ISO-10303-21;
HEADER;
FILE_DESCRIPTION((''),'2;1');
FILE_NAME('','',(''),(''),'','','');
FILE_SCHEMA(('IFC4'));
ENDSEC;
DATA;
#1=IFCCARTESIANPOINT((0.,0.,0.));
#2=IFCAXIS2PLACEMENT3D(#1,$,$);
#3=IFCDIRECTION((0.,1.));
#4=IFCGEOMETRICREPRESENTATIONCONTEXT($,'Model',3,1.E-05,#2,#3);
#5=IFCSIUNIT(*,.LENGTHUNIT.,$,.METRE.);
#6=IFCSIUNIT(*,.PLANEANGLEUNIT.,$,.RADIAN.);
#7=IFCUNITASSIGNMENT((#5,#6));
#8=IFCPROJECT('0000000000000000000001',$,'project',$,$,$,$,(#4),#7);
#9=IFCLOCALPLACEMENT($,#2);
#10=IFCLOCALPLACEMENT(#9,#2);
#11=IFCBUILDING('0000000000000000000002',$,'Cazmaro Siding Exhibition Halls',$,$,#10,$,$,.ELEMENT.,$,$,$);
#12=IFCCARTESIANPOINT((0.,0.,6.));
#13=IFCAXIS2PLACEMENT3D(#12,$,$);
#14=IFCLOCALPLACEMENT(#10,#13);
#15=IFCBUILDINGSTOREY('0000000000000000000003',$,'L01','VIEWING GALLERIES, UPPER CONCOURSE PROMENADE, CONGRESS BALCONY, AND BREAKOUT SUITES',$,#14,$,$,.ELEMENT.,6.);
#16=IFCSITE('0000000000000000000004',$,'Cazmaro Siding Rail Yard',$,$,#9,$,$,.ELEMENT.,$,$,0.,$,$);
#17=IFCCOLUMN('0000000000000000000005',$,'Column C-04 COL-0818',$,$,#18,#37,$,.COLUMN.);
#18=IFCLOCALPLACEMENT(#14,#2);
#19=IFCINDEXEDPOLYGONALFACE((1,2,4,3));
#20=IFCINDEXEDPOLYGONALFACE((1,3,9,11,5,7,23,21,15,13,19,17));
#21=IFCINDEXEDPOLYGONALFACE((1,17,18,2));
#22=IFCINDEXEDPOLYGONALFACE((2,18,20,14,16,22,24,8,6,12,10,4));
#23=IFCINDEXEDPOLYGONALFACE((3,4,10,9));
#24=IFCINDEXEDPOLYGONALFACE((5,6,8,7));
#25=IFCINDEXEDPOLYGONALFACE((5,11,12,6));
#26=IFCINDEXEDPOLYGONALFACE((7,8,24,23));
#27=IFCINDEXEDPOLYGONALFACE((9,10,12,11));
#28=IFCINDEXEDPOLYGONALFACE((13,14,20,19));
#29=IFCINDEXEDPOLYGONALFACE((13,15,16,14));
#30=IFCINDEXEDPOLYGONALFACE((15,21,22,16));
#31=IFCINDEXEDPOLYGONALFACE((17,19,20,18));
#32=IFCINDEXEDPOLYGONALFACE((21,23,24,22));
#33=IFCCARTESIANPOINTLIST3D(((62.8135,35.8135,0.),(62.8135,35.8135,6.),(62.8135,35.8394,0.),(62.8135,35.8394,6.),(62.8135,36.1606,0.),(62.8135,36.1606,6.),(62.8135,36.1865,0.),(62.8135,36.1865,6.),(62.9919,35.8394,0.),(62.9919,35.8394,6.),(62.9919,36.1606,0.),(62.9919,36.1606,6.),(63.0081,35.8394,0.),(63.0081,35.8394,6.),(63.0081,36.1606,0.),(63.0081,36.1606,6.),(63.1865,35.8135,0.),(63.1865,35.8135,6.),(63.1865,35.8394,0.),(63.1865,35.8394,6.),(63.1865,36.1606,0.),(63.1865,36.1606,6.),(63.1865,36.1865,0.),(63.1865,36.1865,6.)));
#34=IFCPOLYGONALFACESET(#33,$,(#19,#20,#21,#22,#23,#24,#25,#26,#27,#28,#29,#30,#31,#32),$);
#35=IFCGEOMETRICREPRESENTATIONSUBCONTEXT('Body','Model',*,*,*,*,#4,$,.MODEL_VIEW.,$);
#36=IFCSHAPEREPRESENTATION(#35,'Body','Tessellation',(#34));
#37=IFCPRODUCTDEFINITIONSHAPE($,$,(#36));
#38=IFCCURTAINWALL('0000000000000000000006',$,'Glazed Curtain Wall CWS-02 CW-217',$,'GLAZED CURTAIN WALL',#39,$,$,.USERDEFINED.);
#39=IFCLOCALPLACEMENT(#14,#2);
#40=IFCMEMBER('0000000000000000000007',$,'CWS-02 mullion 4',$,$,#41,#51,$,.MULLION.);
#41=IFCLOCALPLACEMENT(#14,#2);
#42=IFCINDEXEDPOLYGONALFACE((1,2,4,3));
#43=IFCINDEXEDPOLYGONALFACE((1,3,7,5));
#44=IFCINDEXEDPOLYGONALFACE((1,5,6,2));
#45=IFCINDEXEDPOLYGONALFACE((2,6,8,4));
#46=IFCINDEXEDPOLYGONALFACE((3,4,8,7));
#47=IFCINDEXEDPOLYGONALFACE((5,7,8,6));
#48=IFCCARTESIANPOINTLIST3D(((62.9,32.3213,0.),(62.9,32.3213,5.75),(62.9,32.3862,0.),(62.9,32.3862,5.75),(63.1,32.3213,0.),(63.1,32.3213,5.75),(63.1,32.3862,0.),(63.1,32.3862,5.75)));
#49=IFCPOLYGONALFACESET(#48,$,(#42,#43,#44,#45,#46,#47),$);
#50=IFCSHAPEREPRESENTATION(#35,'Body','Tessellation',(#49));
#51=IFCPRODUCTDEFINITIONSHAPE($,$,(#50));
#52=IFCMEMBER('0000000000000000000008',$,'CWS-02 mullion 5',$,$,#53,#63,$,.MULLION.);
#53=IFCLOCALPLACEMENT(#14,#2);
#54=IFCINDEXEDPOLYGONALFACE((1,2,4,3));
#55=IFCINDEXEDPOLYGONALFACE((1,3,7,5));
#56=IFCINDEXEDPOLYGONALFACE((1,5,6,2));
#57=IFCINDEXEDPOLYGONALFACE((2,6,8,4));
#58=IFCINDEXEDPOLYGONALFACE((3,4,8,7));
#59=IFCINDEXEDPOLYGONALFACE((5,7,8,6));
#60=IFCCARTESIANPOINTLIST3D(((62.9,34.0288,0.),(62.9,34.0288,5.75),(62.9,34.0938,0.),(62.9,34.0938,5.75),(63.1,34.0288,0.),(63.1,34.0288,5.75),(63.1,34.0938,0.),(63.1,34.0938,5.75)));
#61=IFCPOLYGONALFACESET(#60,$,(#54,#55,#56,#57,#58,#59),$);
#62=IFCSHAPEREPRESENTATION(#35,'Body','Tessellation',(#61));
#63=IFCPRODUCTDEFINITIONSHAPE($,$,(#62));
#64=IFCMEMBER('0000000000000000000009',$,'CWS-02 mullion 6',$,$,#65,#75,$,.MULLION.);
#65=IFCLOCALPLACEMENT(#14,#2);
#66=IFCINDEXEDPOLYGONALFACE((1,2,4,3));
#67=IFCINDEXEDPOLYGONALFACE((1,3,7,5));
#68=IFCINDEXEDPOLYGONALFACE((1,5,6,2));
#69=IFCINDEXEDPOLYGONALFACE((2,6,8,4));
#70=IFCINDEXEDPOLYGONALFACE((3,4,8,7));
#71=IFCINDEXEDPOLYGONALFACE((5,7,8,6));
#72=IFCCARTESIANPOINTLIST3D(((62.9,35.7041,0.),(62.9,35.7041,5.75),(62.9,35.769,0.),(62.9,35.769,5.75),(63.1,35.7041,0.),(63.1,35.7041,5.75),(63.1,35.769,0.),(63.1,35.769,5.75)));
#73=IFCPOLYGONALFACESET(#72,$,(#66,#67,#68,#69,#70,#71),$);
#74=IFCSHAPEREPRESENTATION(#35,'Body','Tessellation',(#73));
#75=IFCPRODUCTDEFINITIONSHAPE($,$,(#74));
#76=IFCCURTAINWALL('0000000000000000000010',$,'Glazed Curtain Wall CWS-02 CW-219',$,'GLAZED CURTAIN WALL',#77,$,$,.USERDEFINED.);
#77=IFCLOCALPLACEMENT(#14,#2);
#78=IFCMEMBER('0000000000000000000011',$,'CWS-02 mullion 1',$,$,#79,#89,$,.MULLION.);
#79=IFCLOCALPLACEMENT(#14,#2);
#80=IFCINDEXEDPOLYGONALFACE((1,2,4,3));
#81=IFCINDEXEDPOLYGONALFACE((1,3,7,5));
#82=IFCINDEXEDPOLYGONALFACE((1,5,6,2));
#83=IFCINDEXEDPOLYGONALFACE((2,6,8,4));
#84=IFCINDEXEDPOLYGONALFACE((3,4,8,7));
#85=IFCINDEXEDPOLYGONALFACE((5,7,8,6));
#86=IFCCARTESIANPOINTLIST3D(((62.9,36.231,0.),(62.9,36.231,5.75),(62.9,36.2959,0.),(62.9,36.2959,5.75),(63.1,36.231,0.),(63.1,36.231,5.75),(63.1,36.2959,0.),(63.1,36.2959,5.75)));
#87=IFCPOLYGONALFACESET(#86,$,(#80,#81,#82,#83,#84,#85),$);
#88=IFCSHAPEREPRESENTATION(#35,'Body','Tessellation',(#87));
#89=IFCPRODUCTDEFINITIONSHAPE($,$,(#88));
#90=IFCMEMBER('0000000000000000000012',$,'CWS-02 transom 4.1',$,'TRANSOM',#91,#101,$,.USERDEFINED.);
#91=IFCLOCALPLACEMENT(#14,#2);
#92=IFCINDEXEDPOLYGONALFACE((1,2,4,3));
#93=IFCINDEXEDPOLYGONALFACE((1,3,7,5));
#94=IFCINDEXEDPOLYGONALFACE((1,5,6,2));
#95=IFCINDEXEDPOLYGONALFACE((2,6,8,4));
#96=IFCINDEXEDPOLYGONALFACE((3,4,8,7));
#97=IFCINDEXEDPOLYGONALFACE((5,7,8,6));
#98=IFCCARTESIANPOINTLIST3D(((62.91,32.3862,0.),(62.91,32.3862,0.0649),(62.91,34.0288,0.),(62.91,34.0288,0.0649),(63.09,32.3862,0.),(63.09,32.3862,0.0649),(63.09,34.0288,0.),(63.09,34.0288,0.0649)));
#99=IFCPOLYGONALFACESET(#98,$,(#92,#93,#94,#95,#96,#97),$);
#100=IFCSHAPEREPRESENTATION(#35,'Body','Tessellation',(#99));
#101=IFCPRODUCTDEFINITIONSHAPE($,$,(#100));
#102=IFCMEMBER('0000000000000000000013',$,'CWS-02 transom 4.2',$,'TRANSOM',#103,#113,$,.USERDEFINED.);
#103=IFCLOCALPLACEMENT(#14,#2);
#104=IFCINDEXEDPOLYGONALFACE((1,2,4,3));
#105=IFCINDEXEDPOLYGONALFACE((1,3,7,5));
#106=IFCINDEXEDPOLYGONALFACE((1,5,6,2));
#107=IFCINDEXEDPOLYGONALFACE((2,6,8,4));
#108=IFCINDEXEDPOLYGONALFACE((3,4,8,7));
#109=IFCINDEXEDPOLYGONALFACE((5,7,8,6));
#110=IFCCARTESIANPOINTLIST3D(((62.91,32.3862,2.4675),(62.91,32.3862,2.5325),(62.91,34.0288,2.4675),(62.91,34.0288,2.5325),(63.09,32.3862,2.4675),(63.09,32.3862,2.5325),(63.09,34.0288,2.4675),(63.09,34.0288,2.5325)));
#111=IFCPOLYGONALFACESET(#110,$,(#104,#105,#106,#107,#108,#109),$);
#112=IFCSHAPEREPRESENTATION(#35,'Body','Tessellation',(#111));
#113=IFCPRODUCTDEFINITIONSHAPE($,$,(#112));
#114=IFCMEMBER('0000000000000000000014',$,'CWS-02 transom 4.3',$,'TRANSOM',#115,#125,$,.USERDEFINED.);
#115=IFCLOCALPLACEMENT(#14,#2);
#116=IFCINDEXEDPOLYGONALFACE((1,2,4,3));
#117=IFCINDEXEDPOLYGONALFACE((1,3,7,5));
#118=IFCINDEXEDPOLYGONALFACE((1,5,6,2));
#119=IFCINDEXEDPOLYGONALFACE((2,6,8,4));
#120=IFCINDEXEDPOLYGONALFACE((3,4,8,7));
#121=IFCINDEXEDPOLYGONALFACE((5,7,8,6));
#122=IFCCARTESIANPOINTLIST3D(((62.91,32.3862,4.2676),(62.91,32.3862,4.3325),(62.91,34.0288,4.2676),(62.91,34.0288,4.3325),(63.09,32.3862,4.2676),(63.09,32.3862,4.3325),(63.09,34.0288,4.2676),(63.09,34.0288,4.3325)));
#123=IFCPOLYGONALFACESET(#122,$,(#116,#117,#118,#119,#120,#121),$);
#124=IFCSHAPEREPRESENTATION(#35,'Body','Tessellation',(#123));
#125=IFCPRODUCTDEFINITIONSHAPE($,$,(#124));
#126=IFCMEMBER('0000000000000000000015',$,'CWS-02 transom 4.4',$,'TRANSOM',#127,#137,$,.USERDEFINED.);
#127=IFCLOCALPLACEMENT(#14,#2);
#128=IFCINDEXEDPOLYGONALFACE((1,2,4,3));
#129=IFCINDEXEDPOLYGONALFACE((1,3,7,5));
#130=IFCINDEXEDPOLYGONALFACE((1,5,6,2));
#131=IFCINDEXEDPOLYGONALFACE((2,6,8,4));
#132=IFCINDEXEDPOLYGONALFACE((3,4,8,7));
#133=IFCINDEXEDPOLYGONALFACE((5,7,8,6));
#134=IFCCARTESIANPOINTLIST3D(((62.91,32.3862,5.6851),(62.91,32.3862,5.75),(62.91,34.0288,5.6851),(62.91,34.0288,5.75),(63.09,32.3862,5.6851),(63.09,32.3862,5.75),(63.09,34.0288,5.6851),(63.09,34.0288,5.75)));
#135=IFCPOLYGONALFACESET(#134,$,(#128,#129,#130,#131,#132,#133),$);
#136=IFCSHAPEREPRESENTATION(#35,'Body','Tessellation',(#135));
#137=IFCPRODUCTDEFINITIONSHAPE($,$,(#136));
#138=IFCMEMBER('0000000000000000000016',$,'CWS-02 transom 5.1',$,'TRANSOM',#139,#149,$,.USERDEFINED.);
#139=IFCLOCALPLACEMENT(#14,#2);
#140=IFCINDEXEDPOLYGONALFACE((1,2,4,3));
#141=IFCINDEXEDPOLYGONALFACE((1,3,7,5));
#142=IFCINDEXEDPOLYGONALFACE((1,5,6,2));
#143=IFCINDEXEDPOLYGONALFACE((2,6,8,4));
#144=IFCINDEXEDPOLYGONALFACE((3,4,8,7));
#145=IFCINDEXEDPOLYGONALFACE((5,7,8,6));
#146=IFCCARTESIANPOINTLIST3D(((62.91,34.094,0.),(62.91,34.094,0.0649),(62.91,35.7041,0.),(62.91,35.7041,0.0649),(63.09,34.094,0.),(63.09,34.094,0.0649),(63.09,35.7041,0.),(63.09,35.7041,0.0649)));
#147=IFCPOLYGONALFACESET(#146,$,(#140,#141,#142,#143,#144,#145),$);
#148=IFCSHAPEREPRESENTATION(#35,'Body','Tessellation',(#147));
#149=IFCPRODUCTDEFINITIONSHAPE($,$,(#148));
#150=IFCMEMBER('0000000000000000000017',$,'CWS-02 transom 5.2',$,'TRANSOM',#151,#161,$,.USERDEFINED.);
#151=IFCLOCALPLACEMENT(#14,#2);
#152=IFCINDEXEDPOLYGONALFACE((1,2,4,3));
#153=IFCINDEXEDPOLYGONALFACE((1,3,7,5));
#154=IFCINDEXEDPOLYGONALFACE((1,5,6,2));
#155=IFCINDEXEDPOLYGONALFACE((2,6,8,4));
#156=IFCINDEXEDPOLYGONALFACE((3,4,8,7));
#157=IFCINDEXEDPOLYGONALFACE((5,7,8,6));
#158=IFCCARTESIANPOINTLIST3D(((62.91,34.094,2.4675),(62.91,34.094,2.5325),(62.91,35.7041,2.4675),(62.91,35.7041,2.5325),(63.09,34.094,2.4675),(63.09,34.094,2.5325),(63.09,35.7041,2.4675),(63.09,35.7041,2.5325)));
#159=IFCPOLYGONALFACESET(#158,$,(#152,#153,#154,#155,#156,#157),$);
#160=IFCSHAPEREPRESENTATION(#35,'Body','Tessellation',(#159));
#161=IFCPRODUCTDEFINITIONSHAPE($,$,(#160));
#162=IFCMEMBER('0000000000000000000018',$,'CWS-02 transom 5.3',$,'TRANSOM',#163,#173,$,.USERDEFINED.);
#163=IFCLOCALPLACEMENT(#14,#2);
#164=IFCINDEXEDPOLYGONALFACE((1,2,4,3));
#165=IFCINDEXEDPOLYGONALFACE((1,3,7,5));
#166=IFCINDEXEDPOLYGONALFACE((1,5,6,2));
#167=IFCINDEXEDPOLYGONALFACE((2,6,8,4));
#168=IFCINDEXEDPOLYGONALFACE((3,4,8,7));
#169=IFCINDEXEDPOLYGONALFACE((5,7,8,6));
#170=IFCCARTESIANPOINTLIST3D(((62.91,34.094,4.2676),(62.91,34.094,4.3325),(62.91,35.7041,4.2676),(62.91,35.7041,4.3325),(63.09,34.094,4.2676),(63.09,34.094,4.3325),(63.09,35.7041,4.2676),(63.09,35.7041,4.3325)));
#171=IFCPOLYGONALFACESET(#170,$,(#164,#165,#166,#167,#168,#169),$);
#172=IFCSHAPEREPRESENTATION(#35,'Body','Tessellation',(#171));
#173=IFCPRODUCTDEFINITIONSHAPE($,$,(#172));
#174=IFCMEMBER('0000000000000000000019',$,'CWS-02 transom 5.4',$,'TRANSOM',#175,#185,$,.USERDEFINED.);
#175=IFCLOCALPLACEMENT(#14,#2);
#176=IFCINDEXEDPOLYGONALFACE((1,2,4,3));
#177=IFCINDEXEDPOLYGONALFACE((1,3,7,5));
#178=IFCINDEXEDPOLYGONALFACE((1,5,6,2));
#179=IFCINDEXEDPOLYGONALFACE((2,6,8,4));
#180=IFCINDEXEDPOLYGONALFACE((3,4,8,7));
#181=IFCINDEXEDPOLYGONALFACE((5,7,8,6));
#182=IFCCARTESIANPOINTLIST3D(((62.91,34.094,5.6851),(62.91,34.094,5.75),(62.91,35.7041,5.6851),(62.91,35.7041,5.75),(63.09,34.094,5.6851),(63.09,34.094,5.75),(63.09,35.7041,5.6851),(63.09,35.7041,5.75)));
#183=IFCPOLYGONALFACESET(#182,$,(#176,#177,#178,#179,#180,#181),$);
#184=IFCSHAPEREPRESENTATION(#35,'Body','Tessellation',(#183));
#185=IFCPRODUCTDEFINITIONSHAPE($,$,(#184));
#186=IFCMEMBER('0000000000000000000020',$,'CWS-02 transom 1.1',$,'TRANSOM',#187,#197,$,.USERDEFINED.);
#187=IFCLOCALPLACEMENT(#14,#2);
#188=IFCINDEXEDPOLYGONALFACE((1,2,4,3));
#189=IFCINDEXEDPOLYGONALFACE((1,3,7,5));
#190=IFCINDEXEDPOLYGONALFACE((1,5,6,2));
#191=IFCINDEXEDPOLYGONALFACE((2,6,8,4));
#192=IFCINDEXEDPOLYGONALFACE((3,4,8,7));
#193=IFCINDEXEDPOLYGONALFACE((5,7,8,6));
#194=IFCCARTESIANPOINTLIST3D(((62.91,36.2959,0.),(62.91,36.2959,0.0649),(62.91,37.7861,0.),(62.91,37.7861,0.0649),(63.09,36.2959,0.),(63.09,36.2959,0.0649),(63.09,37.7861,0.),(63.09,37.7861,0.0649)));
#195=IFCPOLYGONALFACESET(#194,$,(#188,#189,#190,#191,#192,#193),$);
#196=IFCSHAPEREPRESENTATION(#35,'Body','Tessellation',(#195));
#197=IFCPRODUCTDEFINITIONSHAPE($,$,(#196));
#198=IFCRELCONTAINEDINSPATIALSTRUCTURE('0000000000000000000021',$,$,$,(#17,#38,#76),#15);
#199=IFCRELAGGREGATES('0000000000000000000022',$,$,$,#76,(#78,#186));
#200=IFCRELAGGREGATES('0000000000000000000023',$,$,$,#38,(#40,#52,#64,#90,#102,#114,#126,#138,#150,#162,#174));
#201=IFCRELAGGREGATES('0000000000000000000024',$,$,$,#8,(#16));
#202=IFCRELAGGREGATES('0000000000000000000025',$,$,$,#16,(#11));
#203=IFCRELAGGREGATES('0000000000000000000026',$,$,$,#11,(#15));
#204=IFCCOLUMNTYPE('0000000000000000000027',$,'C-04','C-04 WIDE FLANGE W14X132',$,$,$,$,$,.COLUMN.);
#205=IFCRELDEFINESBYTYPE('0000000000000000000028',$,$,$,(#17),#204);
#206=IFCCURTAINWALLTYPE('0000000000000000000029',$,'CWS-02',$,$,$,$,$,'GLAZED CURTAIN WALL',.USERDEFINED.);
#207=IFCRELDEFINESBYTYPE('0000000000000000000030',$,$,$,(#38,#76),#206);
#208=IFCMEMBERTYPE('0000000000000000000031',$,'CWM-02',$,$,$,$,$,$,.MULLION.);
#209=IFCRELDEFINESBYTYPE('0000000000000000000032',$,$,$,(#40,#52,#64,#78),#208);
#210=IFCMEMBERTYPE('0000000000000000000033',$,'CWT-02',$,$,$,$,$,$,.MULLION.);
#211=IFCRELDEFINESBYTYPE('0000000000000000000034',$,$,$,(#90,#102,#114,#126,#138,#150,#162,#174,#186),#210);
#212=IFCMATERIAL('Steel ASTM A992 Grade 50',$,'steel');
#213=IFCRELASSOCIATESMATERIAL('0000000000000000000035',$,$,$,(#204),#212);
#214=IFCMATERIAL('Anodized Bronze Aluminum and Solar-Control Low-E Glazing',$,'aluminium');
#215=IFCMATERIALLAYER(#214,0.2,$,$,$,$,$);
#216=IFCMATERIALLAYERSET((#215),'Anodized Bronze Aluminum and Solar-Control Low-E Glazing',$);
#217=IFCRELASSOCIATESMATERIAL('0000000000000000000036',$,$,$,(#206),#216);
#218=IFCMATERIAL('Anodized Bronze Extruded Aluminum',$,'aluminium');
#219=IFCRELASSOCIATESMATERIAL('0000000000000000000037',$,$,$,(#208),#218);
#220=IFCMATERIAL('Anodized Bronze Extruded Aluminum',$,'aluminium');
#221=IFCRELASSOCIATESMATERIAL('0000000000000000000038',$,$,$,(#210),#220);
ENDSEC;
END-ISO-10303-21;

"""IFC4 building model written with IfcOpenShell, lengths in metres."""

from ifc_helpers import new_model, si_unit, direction, frame, origin, origin_2d, place, context, subcontext, project, spatial, rectangle, i_section, extrude, material, layer, layer_set, material_profile, profile_set, type_object, element, aggregate, save


model = new_model("IFC4")

# Units and contexts
model_context = context("Model", 3, precision=1e-05, world=origin(), true_north=direction((0.0, 1.0)))
body_context = subcontext(model_context, "Body", "Model", "MODEL_VIEW")
ifc_project = project(units=[si_unit("LENGTHUNIT", "METRE"), si_unit("PLANEANGLEUNIT", "RADIAN")], contexts=[model_context])

# Site, building, storey
site_placement = place(None, origin())
site = spatial("IfcSite", under=ifc_project, at=site_placement, Name="Cazmaro Siding Rail Yard", CompositionType="ELEMENT", RefElevation=0.0)
building_placement = place(site_placement, origin())
building = spatial("IfcBuilding", under=site, at=building_placement, Name="Cazmaro Siding Exhibition Halls", CompositionType="ELEMENT")
storey_placement = place(building_placement, frame((0.0, 0.0, 6.0)))
storey = spatial("IfcBuildingStorey", under=building, at=storey_placement, Name="L01", Description="VIEWING GALLERIES, UPPER CONCOURSE PROMENADE, CONGRESS BALCONY, AND BREAKOUT SUITES", CompositionType="ELEMENT", Elevation=6.0)

# Column
ifc_material_1 = material(Name="Steel ASTM A992 Grade 50", Category="steel")
ifc_material_profile_1 = material_profile(ifc_material_1, i_section(OverallWidth=0.373, OverallDepth=0.373, WebThickness=0.0161, FlangeThickness=0.0259, at=origin_2d()), Name="W14X132")
ifc_profile_set_1 = profile_set([ifc_material_profile_1], Name="Steel ASTM A992 Grade 50")
column_type = type_object("IfcColumnType", Name="C-04", Description="C-04 WIDE FLANGE W14X132", PredefinedType="COLUMN", material=ifc_profile_set_1)
column_placement = place(storey_placement, frame((63.0, 36.0, 0.0), z_axis=(0.0, 0.0, 1.0), x_axis=(1.0, 0.0, 0.0)))
element("IfcColumn", 1, at=column_placement, inside=storey, type_object=column_type, Name="Column C-04 COL-0818", PredefinedType="COLUMN", context=body_context, shape_type="SweptSolid", body=[
    extrude(i_section(OverallWidth=0.373, OverallDepth=0.373, WebThickness=0.0161, FlangeThickness=0.0259, at=origin_2d()), origin(), (0.0, 0.0, 1.0), 6.0),
])

# Curtain wall, members
ifc_material_2 = material(Name="Anodized Bronze Aluminum and Solar-Control Low-E Glazing", Category="aluminium")
ifc_layer_1 = layer(ifc_material_2, 0.2)
ifc_layer_set_1 = layer_set([ifc_layer_1], Name="Anodized Bronze Aluminum and Solar-Control Low-E Glazing")
curtain_wall_type = type_object("IfcCurtainWallType", Name="CWS-02", ElementType="GLAZED CURTAIN WALL", PredefinedType="USERDEFINED", material=ifc_layer_set_1)
curtain_wall_1_placement = place(storey_placement, origin())
curtain_wall_1 = element("IfcCurtainWall", 2, at=curtain_wall_1_placement, inside=storey, type_object=curtain_wall_type, Name="Glazed Curtain Wall CWS-02 CW-217", ObjectType="GLAZED CURTAIN WALL", PredefinedType="USERDEFINED")
ifc_material_3 = material(Name="Anodized Bronze Extruded Aluminum", Category="aluminium")
ifc_material_profile_2 = material_profile(ifc_material_3, rectangle(XDim=0.2, YDim=0.0649, at=origin_2d()), Name="CWM-02")
ifc_profile_set_2 = profile_set([ifc_material_profile_2], Name="Anodized Bronze Extruded Aluminum")
member_type_1 = type_object("IfcMemberType", Name="CWM-02", PredefinedType="MULLION", material=ifc_profile_set_2)
member_1_placement = place(storey_placement, frame((63.0, 32.3538, 0.0), z_axis=(0.0, 0.0, 1.0), x_axis=(-1.0, 0.0, 0.0)))
member_1 = element("IfcMember", 3, at=member_1_placement, type_object=member_type_1, Name="CWS-02 mullion 4", PredefinedType="MULLION", context=body_context, shape_type="SweptSolid", body=[
    extrude(rectangle(XDim=0.2, YDim=0.0649, at=origin_2d()), origin(), (0.0, 0.0, 1.0), 5.75),
])
member_2_placement = place(storey_placement, frame((63.0, 34.0613, 0.0), z_axis=(0.0, 0.0, 1.0), x_axis=(-1.0, 0.0, 0.0)))
member_2 = element("IfcMember", 4, at=member_2_placement, type_object=member_type_1, Name="CWS-02 mullion 5", PredefinedType="MULLION", context=body_context, shape_type="SweptSolid", body=[
    extrude(rectangle(XDim=0.2, YDim=0.0649, at=origin_2d()), origin(), (0.0, 0.0, 1.0), 5.75),
])
member_3_placement = place(storey_placement, frame((63.0, 35.7366, 0.0), z_axis=(0.0, 0.0, 1.0), x_axis=(-1.0, 0.0, 0.0)))
member_3 = element("IfcMember", 5, at=member_3_placement, type_object=member_type_1, Name="CWS-02 mullion 6", PredefinedType="MULLION", context=body_context, shape_type="SweptSolid", body=[
    extrude(rectangle(XDim=0.2, YDim=0.0649, at=origin_2d()), origin(), (0.0, 0.0, 1.0), 5.75),
])

# Curtain wall, member
curtain_wall_2_placement = place(storey_placement, origin())
curtain_wall_2 = element("IfcCurtainWall", 6, at=curtain_wall_2_placement, inside=storey, type_object=curtain_wall_type, Name="Glazed Curtain Wall CWS-02 CW-219", ObjectType="GLAZED CURTAIN WALL", PredefinedType="USERDEFINED")
member_4_placement = place(storey_placement, frame((63.0, 36.2634, 0.0), z_axis=(0.0, 0.0, 1.0), x_axis=(-1.0, 0.0, 0.0)))
member_4 = element("IfcMember", 7, at=member_4_placement, type_object=member_type_1, Name="CWS-02 mullion 1", PredefinedType="MULLION", context=body_context, shape_type="SweptSolid", body=[
    extrude(rectangle(XDim=0.2, YDim=0.0649, at=origin_2d()), origin(), (0.0, 0.0, 1.0), 5.75),
])

# Members
ifc_material_4 = material(Name="Anodized Bronze Extruded Aluminum", Category="aluminium")
ifc_material_profile_3 = material_profile(ifc_material_4, rectangle(XDim=0.1799, YDim=0.0649, at=origin_2d()), Name="CWT-02")
ifc_profile_set_3 = profile_set([ifc_material_profile_3], Name="Anodized Bronze Extruded Aluminum")
member_type_2 = type_object("IfcMemberType", Name="CWT-02", PredefinedType="MULLION", material=ifc_profile_set_3)
member_5_placement = place(storey_placement, frame((63.0, 32.3862, 0.0325), z_axis=(0.0, 1.0, 0.0), x_axis=(-1.0, 0.0, 0.0)))
member_5 = element("IfcMember", 8, at=member_5_placement, type_object=member_type_2, Name="CWS-02 transom 4.1", ObjectType="TRANSOM", PredefinedType="USERDEFINED", context=body_context, shape_type="SweptSolid", body=[
    extrude(rectangle(XDim=0.1799, YDim=0.0649, at=origin_2d()), origin(), (0.0, 0.0, 1.0), 1.6426),
])
member_6_placement = place(storey_placement, frame((63.0, 32.3862, 2.5), z_axis=(0.0, 1.0, 0.0), x_axis=(-1.0, 0.0, 0.0)))
member_6 = element("IfcMember", 9, at=member_6_placement, type_object=member_type_2, Name="CWS-02 transom 4.2", ObjectType="TRANSOM", PredefinedType="USERDEFINED", context=body_context, shape_type="SweptSolid", body=[
    extrude(rectangle(XDim=0.1799, YDim=0.0649, at=origin_2d()), origin(), (0.0, 0.0, 1.0), 1.6426),
])
member_7_placement = place(storey_placement, frame((63.0, 32.3862, 4.3), z_axis=(0.0, 1.0, 0.0), x_axis=(-1.0, 0.0, 0.0)))
member_7 = element("IfcMember", 10, at=member_7_placement, type_object=member_type_2, Name="CWS-02 transom 4.3", ObjectType="TRANSOM", PredefinedType="USERDEFINED", context=body_context, shape_type="SweptSolid", body=[
    extrude(rectangle(XDim=0.1799, YDim=0.0649, at=origin_2d()), origin(), (0.0, 0.0, 1.0), 1.6426),
])
member_8_placement = place(storey_placement, frame((63.0, 32.3862, 5.7175), z_axis=(0.0, 1.0, 0.0), x_axis=(-1.0, 0.0, 0.0)))
member_8 = element("IfcMember", 11, at=member_8_placement, type_object=member_type_2, Name="CWS-02 transom 4.4", ObjectType="TRANSOM", PredefinedType="USERDEFINED", context=body_context, shape_type="SweptSolid", body=[
    extrude(rectangle(XDim=0.1799, YDim=0.0649, at=origin_2d()), origin(), (0.0, 0.0, 1.0), 1.6426),
])
member_9_placement = place(storey_placement, frame((63.0, 34.094, 0.0325), z_axis=(0.0, 1.0, 0.0), x_axis=(-1.0, 0.0, 0.0)))
member_9 = element("IfcMember", 12, at=member_9_placement, type_object=member_type_2, Name="CWS-02 transom 5.1", ObjectType="TRANSOM", PredefinedType="USERDEFINED", context=body_context, shape_type="SweptSolid", body=[
    extrude(rectangle(XDim=0.1799, YDim=0.0649, at=origin_2d()), origin(), (0.0, 0.0, 1.0), 1.6101),
])
member_10_placement = place(storey_placement, frame((63.0, 34.094, 2.5), z_axis=(0.0, 1.0, 0.0), x_axis=(-1.0, 0.0, 0.0)))
member_10 = element("IfcMember", 13, at=member_10_placement, type_object=member_type_2, Name="CWS-02 transom 5.2", ObjectType="TRANSOM", PredefinedType="USERDEFINED", context=body_context, shape_type="SweptSolid", body=[
    extrude(rectangle(XDim=0.1799, YDim=0.0649, at=origin_2d()), origin(), (0.0, 0.0, 1.0), 1.6101),
])
member_11_placement = place(storey_placement, frame((63.0, 34.094, 4.3), z_axis=(0.0, 1.0, 0.0), x_axis=(-1.0, 0.0, 0.0)))
member_11 = element("IfcMember", 14, at=member_11_placement, type_object=member_type_2, Name="CWS-02 transom 5.3", ObjectType="TRANSOM", PredefinedType="USERDEFINED", context=body_context, shape_type="SweptSolid", body=[
    extrude(rectangle(XDim=0.1799, YDim=0.0649, at=origin_2d()), origin(), (0.0, 0.0, 1.0), 1.6101),
])
member_12_placement = place(storey_placement, frame((63.0, 34.094, 5.7175), z_axis=(0.0, 1.0, 0.0), x_axis=(-1.0, 0.0, 0.0)))
member_12 = element("IfcMember", 15, at=member_12_placement, type_object=member_type_2, Name="CWS-02 transom 5.4", ObjectType="TRANSOM", PredefinedType="USERDEFINED", context=body_context, shape_type="SweptSolid", body=[
    extrude(rectangle(XDim=0.1799, YDim=0.0649, at=origin_2d()), origin(), (0.0, 0.0, 1.0), 1.6101),
])
member_13_placement = place(storey_placement, frame((63.0, 36.2959, 0.0325), z_axis=(0.0, 1.0, 0.0), x_axis=(-1.0, 0.0, 0.0)))
member_13 = element("IfcMember", 16, at=member_13_placement, type_object=member_type_2, Name="CWS-02 transom 1.1", ObjectType="TRANSOM", PredefinedType="USERDEFINED", context=body_context, shape_type="SweptSolid", body=[
    extrude(rectangle(XDim=0.1799, YDim=0.0649, at=origin_2d()), origin(), (0.0, 0.0, 1.0), 1.4902),
])
aggregate(curtain_wall_2, [member_4, member_13])

aggregate(curtain_wall_1, [member_1, member_2, member_3, member_5, member_6, member_7, member_8, member_9, member_10, member_11, member_12])

save(model, "model.ifc")
